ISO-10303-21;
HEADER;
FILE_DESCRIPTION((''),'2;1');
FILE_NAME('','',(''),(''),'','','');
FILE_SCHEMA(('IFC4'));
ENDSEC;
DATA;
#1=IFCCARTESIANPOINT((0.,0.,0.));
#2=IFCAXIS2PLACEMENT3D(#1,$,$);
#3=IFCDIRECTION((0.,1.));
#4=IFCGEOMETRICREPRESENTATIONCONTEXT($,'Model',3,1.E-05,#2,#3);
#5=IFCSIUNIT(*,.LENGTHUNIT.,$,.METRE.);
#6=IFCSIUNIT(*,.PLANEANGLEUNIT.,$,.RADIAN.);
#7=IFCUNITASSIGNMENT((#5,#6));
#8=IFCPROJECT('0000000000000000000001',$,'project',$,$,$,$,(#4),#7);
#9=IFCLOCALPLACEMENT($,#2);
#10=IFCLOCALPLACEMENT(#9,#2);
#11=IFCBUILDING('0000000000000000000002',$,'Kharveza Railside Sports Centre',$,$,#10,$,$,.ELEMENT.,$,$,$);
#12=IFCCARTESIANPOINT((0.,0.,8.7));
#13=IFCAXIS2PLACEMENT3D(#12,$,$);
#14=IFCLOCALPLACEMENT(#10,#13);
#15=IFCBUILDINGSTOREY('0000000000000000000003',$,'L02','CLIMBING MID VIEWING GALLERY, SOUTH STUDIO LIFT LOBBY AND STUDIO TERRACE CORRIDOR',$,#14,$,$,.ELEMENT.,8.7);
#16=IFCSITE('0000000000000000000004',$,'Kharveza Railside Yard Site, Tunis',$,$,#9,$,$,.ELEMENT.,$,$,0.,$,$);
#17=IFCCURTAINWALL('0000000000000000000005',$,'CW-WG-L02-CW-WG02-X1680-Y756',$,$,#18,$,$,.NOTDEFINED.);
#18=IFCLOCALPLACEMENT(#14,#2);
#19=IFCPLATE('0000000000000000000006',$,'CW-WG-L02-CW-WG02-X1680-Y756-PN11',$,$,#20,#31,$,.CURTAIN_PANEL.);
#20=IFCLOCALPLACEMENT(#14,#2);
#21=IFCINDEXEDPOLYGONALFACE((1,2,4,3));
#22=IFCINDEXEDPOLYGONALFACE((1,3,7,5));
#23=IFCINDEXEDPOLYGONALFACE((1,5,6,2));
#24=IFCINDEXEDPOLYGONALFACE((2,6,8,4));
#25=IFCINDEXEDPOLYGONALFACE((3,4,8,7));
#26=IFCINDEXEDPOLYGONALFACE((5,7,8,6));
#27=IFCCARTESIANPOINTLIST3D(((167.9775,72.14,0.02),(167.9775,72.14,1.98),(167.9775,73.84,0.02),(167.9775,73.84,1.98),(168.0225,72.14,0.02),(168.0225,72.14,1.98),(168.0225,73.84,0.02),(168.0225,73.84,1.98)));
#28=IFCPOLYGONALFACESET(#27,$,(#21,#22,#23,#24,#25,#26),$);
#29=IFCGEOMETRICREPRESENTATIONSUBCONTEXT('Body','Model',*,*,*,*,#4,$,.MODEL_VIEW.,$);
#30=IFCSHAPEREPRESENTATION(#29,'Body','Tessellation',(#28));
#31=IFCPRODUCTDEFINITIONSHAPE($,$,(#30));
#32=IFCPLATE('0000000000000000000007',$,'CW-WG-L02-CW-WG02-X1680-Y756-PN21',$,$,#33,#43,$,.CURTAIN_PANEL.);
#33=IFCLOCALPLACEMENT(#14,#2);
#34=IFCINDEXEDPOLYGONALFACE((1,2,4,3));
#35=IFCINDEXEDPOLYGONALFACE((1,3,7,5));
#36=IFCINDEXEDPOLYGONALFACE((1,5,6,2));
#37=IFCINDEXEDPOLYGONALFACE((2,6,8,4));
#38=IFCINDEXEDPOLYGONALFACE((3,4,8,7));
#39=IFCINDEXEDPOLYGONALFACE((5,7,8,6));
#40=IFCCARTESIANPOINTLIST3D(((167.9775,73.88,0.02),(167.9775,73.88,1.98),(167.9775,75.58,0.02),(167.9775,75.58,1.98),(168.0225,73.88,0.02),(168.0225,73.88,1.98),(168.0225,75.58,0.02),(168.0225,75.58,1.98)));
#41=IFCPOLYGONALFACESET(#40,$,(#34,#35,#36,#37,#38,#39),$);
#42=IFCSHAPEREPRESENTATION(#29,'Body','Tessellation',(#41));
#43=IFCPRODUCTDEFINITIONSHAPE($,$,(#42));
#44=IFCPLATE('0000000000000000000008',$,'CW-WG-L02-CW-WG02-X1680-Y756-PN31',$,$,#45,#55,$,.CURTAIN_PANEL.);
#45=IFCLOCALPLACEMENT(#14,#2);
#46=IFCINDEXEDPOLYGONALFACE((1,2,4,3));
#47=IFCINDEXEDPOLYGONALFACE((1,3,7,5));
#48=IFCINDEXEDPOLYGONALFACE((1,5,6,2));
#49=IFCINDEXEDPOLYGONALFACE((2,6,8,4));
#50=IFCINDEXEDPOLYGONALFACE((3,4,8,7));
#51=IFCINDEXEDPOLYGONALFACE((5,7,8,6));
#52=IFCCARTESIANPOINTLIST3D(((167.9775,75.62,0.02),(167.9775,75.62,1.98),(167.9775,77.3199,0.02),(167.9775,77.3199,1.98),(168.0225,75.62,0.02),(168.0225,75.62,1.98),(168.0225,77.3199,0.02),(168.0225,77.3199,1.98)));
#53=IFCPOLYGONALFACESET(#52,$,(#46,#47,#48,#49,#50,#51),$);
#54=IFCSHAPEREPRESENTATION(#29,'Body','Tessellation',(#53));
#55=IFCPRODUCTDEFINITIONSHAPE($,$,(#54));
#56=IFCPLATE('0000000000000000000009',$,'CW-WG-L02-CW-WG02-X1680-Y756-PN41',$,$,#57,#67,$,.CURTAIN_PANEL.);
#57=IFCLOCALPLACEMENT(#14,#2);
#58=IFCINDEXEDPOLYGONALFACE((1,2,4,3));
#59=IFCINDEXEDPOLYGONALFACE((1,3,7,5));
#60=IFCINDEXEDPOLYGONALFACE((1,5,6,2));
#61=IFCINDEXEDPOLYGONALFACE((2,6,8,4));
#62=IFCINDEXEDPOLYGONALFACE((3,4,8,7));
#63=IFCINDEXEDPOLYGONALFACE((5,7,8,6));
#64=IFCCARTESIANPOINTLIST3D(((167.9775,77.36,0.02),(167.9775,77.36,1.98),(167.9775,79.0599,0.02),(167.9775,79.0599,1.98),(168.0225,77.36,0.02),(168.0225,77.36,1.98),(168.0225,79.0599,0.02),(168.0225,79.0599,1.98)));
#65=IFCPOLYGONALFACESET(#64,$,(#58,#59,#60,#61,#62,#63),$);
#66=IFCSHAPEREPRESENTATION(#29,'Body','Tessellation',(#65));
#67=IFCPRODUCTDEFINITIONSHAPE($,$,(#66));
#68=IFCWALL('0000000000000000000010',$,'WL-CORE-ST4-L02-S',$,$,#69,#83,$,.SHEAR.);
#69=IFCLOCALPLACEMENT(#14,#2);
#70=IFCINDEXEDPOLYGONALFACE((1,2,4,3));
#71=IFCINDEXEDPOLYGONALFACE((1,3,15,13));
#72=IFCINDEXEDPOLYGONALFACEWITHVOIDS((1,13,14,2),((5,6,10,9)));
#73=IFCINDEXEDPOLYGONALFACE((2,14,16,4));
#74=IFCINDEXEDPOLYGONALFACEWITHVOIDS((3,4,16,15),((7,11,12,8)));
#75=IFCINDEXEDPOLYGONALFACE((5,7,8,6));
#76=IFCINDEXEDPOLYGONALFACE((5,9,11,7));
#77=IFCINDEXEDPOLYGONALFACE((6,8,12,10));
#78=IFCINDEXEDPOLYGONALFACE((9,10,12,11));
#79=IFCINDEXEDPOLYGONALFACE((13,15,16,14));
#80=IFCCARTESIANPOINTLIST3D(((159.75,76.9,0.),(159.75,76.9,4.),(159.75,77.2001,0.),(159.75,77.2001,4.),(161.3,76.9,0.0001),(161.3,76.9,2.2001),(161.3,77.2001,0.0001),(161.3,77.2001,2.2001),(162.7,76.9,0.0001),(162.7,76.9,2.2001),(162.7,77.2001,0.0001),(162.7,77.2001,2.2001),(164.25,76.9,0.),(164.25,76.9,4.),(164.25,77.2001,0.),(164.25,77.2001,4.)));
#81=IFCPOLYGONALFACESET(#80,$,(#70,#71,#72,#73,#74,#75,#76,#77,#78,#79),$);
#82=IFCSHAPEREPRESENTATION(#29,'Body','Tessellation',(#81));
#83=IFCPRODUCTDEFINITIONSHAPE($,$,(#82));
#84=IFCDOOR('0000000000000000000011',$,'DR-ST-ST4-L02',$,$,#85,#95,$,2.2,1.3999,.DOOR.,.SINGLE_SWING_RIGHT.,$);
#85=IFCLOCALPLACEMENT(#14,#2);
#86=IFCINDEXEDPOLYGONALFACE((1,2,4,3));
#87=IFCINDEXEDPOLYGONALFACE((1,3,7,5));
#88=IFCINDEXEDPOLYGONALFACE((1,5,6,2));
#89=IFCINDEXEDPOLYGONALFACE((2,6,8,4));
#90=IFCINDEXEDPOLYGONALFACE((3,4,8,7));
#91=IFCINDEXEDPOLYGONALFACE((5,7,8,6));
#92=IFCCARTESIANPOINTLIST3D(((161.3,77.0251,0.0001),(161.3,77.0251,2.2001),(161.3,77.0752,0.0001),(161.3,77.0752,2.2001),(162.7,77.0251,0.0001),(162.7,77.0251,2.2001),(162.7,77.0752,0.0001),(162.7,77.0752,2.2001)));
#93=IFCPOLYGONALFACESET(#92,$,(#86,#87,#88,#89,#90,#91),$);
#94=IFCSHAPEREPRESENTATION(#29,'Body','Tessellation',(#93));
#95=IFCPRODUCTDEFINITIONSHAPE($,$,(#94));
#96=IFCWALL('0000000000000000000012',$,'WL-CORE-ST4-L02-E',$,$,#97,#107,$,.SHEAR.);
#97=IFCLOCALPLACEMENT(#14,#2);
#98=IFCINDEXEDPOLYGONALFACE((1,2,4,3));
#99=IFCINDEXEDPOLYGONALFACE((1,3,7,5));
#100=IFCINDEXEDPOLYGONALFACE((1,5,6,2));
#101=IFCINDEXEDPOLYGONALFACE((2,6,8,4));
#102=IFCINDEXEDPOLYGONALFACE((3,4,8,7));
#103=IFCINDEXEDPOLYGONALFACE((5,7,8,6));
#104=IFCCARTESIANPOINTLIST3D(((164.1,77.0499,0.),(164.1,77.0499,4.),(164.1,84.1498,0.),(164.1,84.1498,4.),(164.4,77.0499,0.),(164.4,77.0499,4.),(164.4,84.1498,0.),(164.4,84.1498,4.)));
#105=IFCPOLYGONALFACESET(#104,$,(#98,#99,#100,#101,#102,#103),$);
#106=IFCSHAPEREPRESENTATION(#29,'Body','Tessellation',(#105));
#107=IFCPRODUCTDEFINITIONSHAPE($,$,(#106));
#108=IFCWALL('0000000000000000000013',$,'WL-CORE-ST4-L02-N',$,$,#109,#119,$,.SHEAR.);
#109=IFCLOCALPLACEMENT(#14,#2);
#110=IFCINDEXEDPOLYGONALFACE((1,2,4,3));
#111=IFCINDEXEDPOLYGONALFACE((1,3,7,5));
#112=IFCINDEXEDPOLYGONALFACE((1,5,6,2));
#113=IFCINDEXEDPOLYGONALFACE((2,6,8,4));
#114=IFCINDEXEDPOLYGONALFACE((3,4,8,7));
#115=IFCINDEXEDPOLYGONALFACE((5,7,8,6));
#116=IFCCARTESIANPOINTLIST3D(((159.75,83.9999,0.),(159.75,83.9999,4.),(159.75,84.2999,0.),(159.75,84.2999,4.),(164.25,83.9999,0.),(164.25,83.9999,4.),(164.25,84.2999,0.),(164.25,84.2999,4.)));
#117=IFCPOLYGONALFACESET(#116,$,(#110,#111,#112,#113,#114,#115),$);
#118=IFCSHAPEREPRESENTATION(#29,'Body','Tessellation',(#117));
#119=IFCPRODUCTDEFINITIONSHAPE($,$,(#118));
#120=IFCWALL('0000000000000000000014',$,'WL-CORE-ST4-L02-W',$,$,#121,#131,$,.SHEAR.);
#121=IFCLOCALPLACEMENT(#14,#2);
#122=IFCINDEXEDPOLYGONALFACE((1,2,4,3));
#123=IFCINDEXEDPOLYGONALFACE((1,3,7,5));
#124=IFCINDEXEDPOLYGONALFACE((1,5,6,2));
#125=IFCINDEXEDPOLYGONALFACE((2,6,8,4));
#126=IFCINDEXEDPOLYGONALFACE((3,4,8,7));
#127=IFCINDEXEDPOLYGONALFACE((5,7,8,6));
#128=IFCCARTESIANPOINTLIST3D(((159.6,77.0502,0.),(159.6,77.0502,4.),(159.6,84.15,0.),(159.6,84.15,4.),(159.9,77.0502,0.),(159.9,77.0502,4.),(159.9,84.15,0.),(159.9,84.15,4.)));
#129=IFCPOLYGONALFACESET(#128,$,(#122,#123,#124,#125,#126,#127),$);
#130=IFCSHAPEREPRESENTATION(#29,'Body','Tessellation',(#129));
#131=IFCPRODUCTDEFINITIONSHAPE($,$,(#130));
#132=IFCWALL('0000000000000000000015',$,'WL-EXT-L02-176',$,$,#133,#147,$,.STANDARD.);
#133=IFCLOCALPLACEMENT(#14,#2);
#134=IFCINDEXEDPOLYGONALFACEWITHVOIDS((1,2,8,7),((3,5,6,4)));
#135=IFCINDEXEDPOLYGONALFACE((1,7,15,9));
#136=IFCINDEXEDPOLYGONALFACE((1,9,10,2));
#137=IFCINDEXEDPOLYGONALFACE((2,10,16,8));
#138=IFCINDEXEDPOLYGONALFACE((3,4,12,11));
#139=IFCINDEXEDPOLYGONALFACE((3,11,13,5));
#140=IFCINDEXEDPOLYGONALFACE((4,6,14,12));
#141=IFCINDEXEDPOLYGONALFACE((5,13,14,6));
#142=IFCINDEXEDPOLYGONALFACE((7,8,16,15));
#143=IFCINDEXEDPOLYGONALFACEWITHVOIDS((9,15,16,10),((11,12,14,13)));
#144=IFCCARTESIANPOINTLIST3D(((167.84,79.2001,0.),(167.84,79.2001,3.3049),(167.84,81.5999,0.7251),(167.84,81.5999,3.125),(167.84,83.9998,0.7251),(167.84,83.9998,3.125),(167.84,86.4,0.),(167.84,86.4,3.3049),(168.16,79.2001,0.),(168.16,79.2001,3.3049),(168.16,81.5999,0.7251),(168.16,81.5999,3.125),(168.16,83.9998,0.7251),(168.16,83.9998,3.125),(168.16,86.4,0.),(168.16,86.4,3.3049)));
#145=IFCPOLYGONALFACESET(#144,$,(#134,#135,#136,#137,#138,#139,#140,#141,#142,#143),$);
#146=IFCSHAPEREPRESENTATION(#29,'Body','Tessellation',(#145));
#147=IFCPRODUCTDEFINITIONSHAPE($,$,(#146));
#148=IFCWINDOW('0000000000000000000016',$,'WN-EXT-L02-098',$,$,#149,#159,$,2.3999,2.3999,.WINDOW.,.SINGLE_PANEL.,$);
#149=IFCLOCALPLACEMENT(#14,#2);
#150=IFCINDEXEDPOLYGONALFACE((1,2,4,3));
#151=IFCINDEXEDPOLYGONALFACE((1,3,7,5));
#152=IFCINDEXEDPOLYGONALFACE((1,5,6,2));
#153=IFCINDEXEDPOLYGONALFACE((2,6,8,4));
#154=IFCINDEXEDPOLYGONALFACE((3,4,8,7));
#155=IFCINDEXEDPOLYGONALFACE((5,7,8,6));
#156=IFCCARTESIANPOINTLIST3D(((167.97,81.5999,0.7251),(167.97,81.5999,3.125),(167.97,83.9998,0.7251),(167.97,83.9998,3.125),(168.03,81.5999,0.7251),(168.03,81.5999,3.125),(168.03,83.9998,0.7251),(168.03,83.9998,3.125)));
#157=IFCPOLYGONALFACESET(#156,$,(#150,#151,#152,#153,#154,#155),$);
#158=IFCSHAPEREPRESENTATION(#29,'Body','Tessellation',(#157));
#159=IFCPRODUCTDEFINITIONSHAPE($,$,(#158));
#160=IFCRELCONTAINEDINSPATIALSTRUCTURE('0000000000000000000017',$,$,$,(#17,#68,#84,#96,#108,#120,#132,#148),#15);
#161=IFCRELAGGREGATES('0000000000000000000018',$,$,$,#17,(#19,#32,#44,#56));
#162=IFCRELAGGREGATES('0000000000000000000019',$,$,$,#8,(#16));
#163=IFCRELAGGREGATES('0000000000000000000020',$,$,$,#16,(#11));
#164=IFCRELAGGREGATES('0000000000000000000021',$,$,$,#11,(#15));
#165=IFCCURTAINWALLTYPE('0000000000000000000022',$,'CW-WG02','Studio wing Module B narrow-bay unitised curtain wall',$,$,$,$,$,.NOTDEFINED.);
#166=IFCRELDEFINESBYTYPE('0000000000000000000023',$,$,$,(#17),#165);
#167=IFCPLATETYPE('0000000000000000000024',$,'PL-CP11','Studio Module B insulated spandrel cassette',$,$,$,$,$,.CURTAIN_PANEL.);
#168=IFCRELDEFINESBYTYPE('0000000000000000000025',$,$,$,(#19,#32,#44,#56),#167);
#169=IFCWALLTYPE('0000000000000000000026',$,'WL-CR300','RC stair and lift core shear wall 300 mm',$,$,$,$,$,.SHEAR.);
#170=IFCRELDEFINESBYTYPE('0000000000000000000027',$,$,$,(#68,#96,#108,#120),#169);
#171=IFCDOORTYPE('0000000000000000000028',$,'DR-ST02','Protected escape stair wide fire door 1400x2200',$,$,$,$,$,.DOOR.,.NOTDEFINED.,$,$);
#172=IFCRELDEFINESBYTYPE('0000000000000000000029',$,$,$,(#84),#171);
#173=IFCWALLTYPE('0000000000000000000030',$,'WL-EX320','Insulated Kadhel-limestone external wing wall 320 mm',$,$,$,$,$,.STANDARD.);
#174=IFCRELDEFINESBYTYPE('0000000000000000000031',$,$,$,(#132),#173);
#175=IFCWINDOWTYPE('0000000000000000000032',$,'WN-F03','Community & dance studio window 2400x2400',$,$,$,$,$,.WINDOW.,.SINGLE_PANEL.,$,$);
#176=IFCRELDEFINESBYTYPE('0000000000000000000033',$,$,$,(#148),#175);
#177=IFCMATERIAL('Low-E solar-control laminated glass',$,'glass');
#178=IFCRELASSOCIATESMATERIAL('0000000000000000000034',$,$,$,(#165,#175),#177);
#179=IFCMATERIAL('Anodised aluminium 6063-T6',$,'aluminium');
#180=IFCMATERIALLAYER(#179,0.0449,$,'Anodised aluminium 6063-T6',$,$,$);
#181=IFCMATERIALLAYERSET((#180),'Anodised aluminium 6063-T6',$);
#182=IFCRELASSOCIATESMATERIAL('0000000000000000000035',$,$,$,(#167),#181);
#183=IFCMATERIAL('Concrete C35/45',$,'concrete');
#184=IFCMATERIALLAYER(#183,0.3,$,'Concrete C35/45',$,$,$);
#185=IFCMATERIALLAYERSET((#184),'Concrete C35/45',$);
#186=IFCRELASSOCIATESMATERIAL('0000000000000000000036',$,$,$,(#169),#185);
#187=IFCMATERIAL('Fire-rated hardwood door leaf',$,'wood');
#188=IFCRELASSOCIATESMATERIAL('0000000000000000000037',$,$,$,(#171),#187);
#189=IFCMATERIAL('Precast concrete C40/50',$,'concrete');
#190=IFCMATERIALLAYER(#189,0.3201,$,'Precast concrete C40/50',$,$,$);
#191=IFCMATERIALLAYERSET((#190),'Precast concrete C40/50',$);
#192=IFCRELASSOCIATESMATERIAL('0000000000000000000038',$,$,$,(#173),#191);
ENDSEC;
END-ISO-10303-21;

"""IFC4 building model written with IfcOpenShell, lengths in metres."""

from ifc_helpers import new_model, si_unit, direction, frame, frame_2d, origin, origin_2d, place, context, subcontext, project, spatial, rectangle, extrude, material, layer, layer_set, type_object, element, fill, aggregate, save


model = new_model("IFC4")

# Units and contexts
model_context = context("Model", 3, precision=1e-05, world=origin(), true_north=direction((0.0, 1.0)))
body_context = subcontext(model_context, "Body", "Model", "MODEL_VIEW")
ifc_project = project(units=[si_unit("LENGTHUNIT", "METRE"), si_unit("PLANEANGLEUNIT", "RADIAN")], contexts=[model_context])

# Site, building, storey
site_placement = place(None, origin())
site = spatial("IfcSite", under=ifc_project, at=site_placement, Name="Kharveza Railside Yard Site, Tunis", CompositionType="ELEMENT", RefElevation=0.0)
building_placement = place(site_placement, origin())
building = spatial("IfcBuilding", under=site, at=building_placement, Name="Kharveza Railside Sports Centre", CompositionType="ELEMENT")
storey_placement = place(building_placement, frame((0.0, 0.0, 8.7)))
storey = spatial("IfcBuildingStorey", under=building, at=storey_placement, Name="L02", Description="CLIMBING MID VIEWING GALLERY, SOUTH STUDIO LIFT LOBBY AND STUDIO TERRACE CORRIDOR", CompositionType="ELEMENT", Elevation=8.7)

# Curtain wall, plates
ifc_material_1 = material(Name="Low-E solar-control laminated glass", Category="glass")
curtain_wall_type = type_object("IfcCurtainWallType", Name="CW-WG02", Description="Studio wing Module B narrow-bay unitised curtain wall", PredefinedType="NOTDEFINED", material=ifc_material_1)
curtain_wall_placement = place(storey_placement, origin())
curtain_wall = element("IfcCurtainWall", 1, at=curtain_wall_placement, inside=storey, type_object=curtain_wall_type, Name="CW-WG-L02-CW-WG02-X1680-Y756", PredefinedType="NOTDEFINED")
ifc_material_2 = material(Name="Anodised aluminium 6063-T6", Category="aluminium")
ifc_layer_1 = layer(ifc_material_2, 0.0449, Name="Anodised aluminium 6063-T6")
ifc_layer_set_1 = layer_set([ifc_layer_1], Name="Anodised aluminium 6063-T6")
plate_type_1 = type_object("IfcPlateType", Name="PL-CP11", Description="Studio Module B insulated spandrel cassette", PredefinedType="CURTAIN_PANEL", material=ifc_layer_set_1)
plate_1_placement = place(storey_placement, frame((168.0, 72.99, 0.02), z_axis=(0.0, 0.0, 1.0), x_axis=(0.0, 1.0, 0.0)))
plate_1 = element("IfcPlate", 2, at=plate_1_placement, type_object=plate_type_1, Name="CW-WG-L02-CW-WG02-X1680-Y756-PN11", PredefinedType="CURTAIN_PANEL", context=body_context, shape_type="SweptSolid", body=[
    extrude(rectangle(XDim=1.7, YDim=0.0449, at=origin_2d()), origin(), (0.0, 0.0, 1.0), 1.96),
])
plate_2_placement = place(storey_placement, frame((168.0, 74.73, 0.02), z_axis=(0.0, 0.0, 1.0), x_axis=(0.0, 1.0, 0.0)))
plate_2 = element("IfcPlate", 3, at=plate_2_placement, type_object=plate_type_1, Name="CW-WG-L02-CW-WG02-X1680-Y756-PN21", PredefinedType="CURTAIN_PANEL", context=body_context, shape_type="SweptSolid", body=[
    extrude(rectangle(XDim=1.7, YDim=0.0449, at=origin_2d()), origin(), (0.0, 0.0, 1.0), 1.96),
])
plate_3_placement = place(storey_placement, frame((168.0, 76.47, 0.02), z_axis=(0.0, 0.0, 1.0), x_axis=(0.0, 1.0, 0.0)))
plate_3 = element("IfcPlate", 4, at=plate_3_placement, type_object=plate_type_1, Name="CW-WG-L02-CW-WG02-X1680-Y756-PN31", PredefinedType="CURTAIN_PANEL", context=body_context, shape_type="SweptSolid", body=[
    extrude(rectangle(XDim=1.7, YDim=0.0449, at=origin_2d()), origin(), (0.0, 0.0, 1.0), 1.96),
])
plate_4_placement = place(storey_placement, frame((168.0, 78.21, 0.02), z_axis=(0.0, 0.0, 1.0), x_axis=(0.0, 1.0, 0.0)))
plate_4 = element("IfcPlate", 5, at=plate_4_placement, type_object=plate_type_1, Name="CW-WG-L02-CW-WG02-X1680-Y756-PN41", PredefinedType="CURTAIN_PANEL", context=body_context, shape_type="SweptSolid", body=[
    extrude(rectangle(XDim=1.7, YDim=0.0449, at=origin_2d()), origin(), (0.0, 0.0, 1.0), 1.96),
])
aggregate(curtain_wall, [plate_1, plate_2, plate_3, plate_4])

# Wall, opening, door
ifc_material_3 = material(Name="Concrete C35/45", Category="concrete")
ifc_layer_2 = layer(ifc_material_3, 0.3, Name="Concrete C35/45")
ifc_layer_set_2 = layer_set([ifc_layer_2], Name="Concrete C35/45")
wall_type_1 = type_object("IfcWallType", Name="WL-CR300", Description="RC stair and lift core shear wall 300 mm", PredefinedType="SHEAR", material=ifc_layer_set_2)
wall_1_placement = place(storey_placement, frame((159.75, 77.05, 0.0), z_axis=(0.0, 0.0, 1.0), x_axis=(1.0, 0.0, 0.0)))
wall_1 = element("IfcWall", 6, at=wall_1_placement, inside=storey, type_object=wall_type_1, Name="WL-CORE-ST4-L02-S", PredefinedType="SHEAR", context=body_context, shape_type="SweptSolid", body=[
    extrude(rectangle(XDim=4.5, YDim=0.3, at=frame_2d((2.25, 0.0))), origin(), (0.0, 0.0, 1.0), 4.0),
])
opening_1_placement = place(wall_1_placement, frame((1.55, 0.0, 0.0)))
opening_1 = element("IfcOpeningElement", 7, at=opening_1_placement, cuts=wall_1, PredefinedType="OPENING", context=body_context, shape_type="SweptSolid", body=[
    extrude(rectangle(XDim=1.3999, YDim=2.2, at=frame_2d((0.7, 1.1001))), frame((0.0, 0.1748, 0.0), z_axis=(0.0, -1.0, 0.0), x_axis=(1.0, 0.0, 0.0)), (0.0, 0.0, 1.0), 0.3499),
])
ifc_material_4 = material(Name="Fire-rated hardwood door leaf", Category="wood")
door_type = type_object("IfcDoorType", Name="DR-ST02", Description="Protected escape stair wide fire door 1400x2200", OperationType="NOTDEFINED", PredefinedType="DOOR", material=ifc_material_4)
door_placement = place(opening_1_placement, frame((1.3999, 0.0, 0.0), z_axis=(0.0, 0.0, 1.0), x_axis=(-1.0, 0.0, 0.0)))
door = element("IfcDoor", 8, at=door_placement, inside=storey, type_object=door_type, Name="DR-ST-ST4-L02", OperationType="SINGLE_SWING_RIGHT", OverallHeight=2.2, OverallWidth=1.3999, PredefinedType="DOOR", context=body_context, shape_type="SweptSolid", body=[
    extrude(rectangle(XDim=1.3999, YDim=2.2, at=frame_2d((0.7, 1.1001))), frame((0.0, 0.0249, 0.0), z_axis=(0.0, -1.0, 0.0), x_axis=(1.0, 0.0, 0.0)), (0.0, 0.0, 1.0), 0.05),
])
fill(opening_1, door)

# Walls
wall_2_placement = place(storey_placement, frame((164.25, 77.05, 0.0), z_axis=(0.0, 0.0, 1.0), x_axis=(0.0, 1.0, 0.0)))
element("IfcWall", 9, at=wall_2_placement, inside=storey, type_object=wall_type_1, Name="WL-CORE-ST4-L02-E", PredefinedType="SHEAR", context=body_context, shape_type="SweptSolid", body=[
    extrude(rectangle(XDim=7.0999, YDim=0.3, at=frame_2d((3.5498, 0.0))), origin(), (0.0, 0.0, 1.0), 4.0),
])
wall_3_placement = place(storey_placement, frame((164.25, 84.1499, 0.0), z_axis=(0.0, 0.0, 1.0), x_axis=(-1.0, 0.0, 0.0)))
element("IfcWall", 10, at=wall_3_placement, inside=storey, type_object=wall_type_1, Name="WL-CORE-ST4-L02-N", PredefinedType="SHEAR", context=body_context, shape_type="SweptSolid", body=[
    extrude(rectangle(XDim=4.5, YDim=0.3, at=frame_2d((2.25, 0.0))), origin(), (0.0, 0.0, 1.0), 4.0),
])
wall_4_placement = place(storey_placement, frame((159.75, 84.1499, 0.0), z_axis=(0.0, 0.0, 1.0), x_axis=(0.0, -1.0, 0.0)))
element("IfcWall", 11, at=wall_4_placement, inside=storey, type_object=wall_type_1, Name="WL-CORE-ST4-L02-W", PredefinedType="SHEAR", context=body_context, shape_type="SweptSolid", body=[
    extrude(rectangle(XDim=7.0999, YDim=0.3, at=frame_2d((3.5498, 0.0))), origin(), (0.0, 0.0, 1.0), 4.0),
])

# Wall, opening, window
ifc_material_5 = material(Name="Precast concrete C40/50", Category="concrete")
ifc_layer_3 = layer(ifc_material_5, 0.3201, Name="Precast concrete C40/50")
ifc_layer_set_3 = layer_set([ifc_layer_3], Name="Precast concrete C40/50")
wall_type_2 = type_object("IfcWallType", Name="WL-EX320", Description="Insulated Kadhel-limestone external wing wall 320 mm", PredefinedType="STANDARD", material=ifc_layer_set_3)
wall_5_placement = place(storey_placement, frame((168.0, 79.2, 0.0), z_axis=(0.0, 0.0, 1.0), x_axis=(0.0, 1.0, 0.0)))
wall_5 = element("IfcWall", 12, at=wall_5_placement, inside=storey, type_object=wall_type_2, Name="WL-EXT-L02-176", PredefinedType="STANDARD", context=body_context, shape_type="SweptSolid", body=[
    extrude(rectangle(XDim=7.2, YDim=0.3201, at=frame_2d((3.6001, 0.0))), origin(), (0.0, 0.0, 1.0), 3.3049),
])
opening_2_placement = place(wall_5_placement, frame((2.3999, 0.0, 0.7251)))
opening_2 = element("IfcOpeningElement", 13, at=opening_2_placement, cuts=wall_5, PredefinedType="OPENING", context=body_context, shape_type="SweptSolid", body=[
    extrude(rectangle(XDim=2.3999, YDim=2.3999, at=frame_2d((1.2, 1.2))), frame((0.0, 0.1851, 0.0), z_axis=(0.0, -1.0, 0.0), x_axis=(1.0, 0.0, 0.0)), (0.0, 0.0, 1.0), 0.3699),
])
window_type = type_object("IfcWindowType", Name="WN-F03", Description="Community & dance studio window 2400x2400", PartitioningType="SINGLE_PANEL", PredefinedType="WINDOW", material=ifc_material_1)
window_placement = place(opening_2_placement, origin())
window = element("IfcWindow", 14, at=window_placement, inside=storey, type_object=window_type, Name="WN-EXT-L02-098", OverallHeight=2.3999, OverallWidth=2.3999, PartitioningType="SINGLE_PANEL", PredefinedType="WINDOW", context=body_context, shape_type="SweptSolid", body=[
    extrude(rectangle(XDim=2.3999, YDim=2.3999, at=frame_2d((1.2, 1.2))), frame((0.0, 0.03, 0.0), z_axis=(0.0, -1.0, 0.0), x_axis=(1.0, 0.0, 0.0)), (0.0, 0.0, 1.0), 0.0601),
])
fill(opening_2, window)

save(model, "model.ifc")
